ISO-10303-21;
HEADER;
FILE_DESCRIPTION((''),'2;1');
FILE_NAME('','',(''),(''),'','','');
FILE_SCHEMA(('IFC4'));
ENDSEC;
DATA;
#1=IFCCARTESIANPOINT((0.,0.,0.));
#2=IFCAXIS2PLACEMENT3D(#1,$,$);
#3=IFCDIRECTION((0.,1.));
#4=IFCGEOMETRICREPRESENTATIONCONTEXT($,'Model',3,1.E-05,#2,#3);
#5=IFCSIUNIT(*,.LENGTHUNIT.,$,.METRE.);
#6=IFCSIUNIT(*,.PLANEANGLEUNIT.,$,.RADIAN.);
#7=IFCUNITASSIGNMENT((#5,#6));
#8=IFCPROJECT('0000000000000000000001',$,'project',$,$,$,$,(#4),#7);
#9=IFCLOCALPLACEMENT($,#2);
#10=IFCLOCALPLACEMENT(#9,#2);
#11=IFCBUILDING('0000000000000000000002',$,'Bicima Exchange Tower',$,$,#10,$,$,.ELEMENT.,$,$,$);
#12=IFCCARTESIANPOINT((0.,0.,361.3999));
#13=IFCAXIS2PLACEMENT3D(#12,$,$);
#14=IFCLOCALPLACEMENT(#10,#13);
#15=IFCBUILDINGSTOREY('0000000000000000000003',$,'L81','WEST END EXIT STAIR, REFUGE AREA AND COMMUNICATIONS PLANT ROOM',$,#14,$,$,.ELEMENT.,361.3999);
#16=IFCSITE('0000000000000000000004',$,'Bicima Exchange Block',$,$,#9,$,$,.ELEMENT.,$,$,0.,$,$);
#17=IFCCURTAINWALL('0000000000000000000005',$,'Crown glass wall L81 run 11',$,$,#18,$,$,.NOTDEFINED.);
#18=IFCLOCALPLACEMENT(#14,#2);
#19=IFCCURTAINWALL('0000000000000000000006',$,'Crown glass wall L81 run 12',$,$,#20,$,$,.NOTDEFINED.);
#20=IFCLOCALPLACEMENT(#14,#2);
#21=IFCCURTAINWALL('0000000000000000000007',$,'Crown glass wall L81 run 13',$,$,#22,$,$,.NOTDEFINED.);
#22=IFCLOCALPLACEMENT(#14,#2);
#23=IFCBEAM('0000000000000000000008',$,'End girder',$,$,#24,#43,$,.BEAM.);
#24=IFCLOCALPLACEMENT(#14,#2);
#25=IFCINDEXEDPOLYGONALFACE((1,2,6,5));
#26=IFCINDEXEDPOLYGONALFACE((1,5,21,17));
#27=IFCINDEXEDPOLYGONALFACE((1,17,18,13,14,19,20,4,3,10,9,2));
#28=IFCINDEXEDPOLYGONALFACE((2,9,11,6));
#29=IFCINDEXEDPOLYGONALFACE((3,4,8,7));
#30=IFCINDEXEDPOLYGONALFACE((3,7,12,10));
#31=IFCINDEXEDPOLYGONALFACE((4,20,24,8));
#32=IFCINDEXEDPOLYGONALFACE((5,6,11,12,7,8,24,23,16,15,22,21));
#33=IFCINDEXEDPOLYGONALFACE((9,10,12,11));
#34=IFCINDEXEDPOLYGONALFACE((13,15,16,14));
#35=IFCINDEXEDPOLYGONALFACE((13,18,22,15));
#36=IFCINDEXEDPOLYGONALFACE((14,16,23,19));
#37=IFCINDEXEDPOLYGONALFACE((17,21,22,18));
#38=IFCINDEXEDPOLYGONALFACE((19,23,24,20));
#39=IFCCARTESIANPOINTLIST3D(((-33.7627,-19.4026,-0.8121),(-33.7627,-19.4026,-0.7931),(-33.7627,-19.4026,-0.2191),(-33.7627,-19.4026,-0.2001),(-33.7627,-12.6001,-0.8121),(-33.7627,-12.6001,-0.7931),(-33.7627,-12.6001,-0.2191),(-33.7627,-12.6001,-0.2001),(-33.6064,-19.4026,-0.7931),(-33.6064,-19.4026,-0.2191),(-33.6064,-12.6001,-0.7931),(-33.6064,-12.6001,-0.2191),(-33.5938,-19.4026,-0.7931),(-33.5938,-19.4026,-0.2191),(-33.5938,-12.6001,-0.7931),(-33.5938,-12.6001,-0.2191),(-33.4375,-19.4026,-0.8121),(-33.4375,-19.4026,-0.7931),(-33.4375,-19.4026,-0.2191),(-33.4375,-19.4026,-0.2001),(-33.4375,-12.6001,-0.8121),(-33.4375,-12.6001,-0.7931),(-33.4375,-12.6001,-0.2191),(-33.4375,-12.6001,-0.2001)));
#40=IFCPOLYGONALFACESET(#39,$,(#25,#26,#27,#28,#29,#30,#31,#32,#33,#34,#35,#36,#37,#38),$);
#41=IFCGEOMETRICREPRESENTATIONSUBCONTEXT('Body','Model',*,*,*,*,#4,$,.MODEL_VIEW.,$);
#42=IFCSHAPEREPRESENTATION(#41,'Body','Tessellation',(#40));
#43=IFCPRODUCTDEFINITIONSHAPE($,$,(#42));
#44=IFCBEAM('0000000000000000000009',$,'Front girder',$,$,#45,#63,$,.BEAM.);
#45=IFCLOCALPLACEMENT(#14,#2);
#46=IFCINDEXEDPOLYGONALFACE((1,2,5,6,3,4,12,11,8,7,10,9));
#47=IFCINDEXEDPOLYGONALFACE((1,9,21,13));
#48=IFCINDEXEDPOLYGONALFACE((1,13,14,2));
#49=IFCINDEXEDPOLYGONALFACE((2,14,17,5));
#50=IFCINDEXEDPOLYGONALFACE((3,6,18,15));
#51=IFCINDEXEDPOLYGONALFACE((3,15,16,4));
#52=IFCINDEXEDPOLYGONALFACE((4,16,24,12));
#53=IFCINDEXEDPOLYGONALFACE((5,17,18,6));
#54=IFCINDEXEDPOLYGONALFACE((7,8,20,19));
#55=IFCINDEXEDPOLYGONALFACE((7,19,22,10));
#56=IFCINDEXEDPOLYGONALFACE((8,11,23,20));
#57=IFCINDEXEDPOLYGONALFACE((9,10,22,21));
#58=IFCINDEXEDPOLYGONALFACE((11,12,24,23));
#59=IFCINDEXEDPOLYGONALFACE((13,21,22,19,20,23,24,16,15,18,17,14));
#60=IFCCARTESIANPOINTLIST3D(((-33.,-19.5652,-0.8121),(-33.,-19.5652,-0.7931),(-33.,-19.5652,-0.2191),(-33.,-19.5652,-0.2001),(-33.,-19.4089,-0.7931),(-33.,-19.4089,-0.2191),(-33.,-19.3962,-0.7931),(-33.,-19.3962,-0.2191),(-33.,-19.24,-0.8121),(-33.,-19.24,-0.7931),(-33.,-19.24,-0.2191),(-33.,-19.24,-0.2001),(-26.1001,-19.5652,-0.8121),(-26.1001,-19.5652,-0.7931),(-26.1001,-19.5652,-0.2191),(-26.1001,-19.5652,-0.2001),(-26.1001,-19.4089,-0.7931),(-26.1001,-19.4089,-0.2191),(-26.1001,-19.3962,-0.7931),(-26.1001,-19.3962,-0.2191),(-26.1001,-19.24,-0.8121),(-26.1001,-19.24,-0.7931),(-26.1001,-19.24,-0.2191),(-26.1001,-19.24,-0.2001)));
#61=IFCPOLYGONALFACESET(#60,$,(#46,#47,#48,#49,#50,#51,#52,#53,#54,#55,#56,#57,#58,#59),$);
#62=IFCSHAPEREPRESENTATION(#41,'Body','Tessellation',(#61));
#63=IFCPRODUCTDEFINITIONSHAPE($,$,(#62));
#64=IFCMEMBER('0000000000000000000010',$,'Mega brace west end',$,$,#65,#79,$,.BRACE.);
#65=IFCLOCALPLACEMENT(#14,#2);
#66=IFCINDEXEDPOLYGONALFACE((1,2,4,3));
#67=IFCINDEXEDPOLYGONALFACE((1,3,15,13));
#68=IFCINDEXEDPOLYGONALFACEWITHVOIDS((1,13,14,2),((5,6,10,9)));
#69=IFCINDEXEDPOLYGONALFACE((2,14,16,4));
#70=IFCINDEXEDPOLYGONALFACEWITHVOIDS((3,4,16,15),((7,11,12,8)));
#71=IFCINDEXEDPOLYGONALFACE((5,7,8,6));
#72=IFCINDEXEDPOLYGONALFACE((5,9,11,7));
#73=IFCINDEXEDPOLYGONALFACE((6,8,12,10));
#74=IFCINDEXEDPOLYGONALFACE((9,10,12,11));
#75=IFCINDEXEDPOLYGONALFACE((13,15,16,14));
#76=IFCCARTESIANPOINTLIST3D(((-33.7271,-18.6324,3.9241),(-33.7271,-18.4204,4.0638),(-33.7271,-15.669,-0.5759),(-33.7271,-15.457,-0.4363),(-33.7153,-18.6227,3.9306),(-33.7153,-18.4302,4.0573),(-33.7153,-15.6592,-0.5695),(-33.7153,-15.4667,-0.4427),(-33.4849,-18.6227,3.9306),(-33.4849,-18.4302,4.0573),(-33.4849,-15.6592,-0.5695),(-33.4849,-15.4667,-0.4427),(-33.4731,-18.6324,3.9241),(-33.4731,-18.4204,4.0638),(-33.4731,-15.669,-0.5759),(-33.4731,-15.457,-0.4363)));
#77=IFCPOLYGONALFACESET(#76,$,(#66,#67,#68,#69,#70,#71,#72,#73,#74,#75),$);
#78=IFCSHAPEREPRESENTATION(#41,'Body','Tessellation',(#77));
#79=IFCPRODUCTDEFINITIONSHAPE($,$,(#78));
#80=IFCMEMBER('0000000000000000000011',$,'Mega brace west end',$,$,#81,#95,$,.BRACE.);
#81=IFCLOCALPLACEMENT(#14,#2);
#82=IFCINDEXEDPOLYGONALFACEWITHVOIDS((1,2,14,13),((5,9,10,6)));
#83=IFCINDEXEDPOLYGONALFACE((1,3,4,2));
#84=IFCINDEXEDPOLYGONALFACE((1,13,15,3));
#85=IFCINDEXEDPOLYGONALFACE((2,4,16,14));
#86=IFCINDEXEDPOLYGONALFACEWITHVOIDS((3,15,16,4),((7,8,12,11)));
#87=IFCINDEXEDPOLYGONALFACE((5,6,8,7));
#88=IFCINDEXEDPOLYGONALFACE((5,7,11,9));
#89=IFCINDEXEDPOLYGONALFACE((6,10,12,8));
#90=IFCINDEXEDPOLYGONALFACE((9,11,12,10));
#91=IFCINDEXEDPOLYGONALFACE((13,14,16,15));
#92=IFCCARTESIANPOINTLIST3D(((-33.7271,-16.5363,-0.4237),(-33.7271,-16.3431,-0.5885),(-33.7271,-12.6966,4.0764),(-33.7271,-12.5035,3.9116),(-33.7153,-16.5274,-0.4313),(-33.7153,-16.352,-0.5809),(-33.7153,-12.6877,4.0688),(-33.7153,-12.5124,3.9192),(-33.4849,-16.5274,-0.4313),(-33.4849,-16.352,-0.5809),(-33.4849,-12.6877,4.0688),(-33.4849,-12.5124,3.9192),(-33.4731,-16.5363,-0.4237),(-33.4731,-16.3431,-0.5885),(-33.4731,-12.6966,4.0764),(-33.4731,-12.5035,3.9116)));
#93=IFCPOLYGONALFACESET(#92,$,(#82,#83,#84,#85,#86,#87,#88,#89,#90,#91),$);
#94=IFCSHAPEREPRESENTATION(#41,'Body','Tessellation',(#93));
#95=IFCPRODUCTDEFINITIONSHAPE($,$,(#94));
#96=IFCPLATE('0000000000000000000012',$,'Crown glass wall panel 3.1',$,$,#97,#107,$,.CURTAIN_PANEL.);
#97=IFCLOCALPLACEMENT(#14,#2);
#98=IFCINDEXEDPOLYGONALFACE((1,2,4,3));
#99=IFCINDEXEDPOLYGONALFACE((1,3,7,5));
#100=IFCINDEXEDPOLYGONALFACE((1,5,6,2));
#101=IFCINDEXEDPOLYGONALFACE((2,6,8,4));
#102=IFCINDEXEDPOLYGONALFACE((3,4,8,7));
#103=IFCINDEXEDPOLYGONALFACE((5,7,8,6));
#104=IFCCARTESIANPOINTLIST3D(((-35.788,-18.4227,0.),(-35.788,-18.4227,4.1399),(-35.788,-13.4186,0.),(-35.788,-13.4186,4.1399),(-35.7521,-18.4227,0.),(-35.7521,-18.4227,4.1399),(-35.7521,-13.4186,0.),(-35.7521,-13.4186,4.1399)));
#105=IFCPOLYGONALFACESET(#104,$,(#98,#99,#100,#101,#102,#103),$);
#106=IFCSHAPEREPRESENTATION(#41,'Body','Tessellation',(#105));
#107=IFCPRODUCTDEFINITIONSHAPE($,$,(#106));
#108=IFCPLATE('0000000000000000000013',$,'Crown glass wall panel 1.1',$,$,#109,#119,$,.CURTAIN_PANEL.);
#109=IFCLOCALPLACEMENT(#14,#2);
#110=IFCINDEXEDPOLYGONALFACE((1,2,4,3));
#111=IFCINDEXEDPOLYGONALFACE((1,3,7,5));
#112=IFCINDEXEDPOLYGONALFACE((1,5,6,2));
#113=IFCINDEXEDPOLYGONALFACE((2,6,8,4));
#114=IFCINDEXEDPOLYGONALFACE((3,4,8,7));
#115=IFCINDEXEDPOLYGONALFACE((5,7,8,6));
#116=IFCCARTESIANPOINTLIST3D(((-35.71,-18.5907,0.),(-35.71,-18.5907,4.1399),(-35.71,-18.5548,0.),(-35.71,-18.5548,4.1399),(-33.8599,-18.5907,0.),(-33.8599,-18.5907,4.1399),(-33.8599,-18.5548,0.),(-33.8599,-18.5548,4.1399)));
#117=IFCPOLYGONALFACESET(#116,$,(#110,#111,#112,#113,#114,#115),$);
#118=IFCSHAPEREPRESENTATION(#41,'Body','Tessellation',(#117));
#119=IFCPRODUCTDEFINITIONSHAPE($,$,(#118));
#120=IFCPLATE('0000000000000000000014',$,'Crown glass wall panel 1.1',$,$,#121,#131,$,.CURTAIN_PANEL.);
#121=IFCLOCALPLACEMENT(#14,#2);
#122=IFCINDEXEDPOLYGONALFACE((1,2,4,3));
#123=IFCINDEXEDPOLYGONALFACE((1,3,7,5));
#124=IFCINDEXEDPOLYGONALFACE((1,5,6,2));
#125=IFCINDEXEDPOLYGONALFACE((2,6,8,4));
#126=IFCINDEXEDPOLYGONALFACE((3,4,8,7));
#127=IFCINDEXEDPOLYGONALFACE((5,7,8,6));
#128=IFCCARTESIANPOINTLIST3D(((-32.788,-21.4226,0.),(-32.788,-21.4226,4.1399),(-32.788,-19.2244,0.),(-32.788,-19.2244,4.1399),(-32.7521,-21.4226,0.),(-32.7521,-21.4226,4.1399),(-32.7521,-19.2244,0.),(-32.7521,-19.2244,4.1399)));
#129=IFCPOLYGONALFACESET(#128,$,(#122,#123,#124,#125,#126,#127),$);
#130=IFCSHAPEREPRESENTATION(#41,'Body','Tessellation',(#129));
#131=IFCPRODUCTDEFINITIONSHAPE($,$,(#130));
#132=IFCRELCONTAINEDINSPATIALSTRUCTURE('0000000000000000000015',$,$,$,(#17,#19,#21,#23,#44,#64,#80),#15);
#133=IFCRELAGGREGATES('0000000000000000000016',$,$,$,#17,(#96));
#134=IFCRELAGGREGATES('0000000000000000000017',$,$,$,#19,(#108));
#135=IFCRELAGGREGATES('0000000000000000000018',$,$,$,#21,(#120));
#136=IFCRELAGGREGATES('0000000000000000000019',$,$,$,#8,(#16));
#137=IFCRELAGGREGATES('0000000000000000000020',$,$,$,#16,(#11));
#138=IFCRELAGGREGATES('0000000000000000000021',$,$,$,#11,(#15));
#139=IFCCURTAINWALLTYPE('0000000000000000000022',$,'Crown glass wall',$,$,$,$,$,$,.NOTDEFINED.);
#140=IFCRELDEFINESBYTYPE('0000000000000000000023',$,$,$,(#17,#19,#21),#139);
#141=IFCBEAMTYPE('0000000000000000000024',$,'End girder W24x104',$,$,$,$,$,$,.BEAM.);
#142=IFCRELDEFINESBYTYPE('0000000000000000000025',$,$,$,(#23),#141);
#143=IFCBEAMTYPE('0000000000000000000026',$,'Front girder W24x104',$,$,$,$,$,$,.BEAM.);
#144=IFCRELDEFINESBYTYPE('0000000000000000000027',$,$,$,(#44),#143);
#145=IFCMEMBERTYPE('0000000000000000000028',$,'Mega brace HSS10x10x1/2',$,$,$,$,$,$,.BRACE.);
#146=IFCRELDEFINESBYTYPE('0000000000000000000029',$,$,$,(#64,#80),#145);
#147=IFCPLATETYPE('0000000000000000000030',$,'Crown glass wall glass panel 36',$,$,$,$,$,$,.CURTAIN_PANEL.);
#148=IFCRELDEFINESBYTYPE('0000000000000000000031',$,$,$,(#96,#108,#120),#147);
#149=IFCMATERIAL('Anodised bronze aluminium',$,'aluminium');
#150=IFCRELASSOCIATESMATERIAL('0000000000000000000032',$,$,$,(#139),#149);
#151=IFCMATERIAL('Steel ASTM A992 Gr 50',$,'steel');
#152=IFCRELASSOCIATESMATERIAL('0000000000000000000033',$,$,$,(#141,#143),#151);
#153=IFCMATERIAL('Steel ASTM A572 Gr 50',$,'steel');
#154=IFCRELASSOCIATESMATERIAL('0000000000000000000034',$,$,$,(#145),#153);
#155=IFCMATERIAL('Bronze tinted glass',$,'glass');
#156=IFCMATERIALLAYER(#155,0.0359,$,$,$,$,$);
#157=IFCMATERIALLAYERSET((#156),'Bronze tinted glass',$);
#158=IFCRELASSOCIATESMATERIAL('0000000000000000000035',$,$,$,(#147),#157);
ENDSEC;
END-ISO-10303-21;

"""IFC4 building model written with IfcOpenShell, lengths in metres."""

from ifc_helpers import new_model, si_unit, direction, frame, origin, origin_2d, place, context, subcontext, project, spatial, rectangle, hollow_rectangle, i_section, extrude, material, layer, layer_set, material_profile, profile_set, type_object, element, aggregate, save


model = new_model("IFC4")

# Units and contexts
model_context = context("Model", 3, precision=1e-05, world=origin(), true_north=direction((0.0, 1.0)))
body_context = subcontext(model_context, "Body", "Model", "MODEL_VIEW")
ifc_project = project(units=[si_unit("LENGTHUNIT", "METRE"), si_unit("PLANEANGLEUNIT", "RADIAN")], contexts=[model_context])

# Site, building, storey
site_placement = place(None, origin())
site = spatial("IfcSite", under=ifc_project, at=site_placement, Name="Bicima Exchange Block", CompositionType="ELEMENT", RefElevation=0.0)
building_placement = place(site_placement, origin())
building = spatial("IfcBuilding", under=site, at=building_placement, Name="Bicima Exchange Tower", CompositionType="ELEMENT")
storey_placement = place(building_placement, frame((0.0, 0.0, 361.3999)))
storey = spatial("IfcBuildingStorey", under=building, at=storey_placement, Name="L81", Description="WEST END EXIT STAIR, REFUGE AREA AND COMMUNICATIONS PLANT ROOM", CompositionType="ELEMENT", Elevation=361.3999)

# Shared definitions
ifc_material_1 = material(Name="Steel ASTM A572 Gr 50", Category="steel")
ifc_material_2 = material(Name="Steel ASTM A992 Gr 50", Category="steel")

# Curtain walls
ifc_material_3 = material(Name="Anodised bronze aluminium", Category="aluminium")
curtain_wall_type = type_object("IfcCurtainWallType", Name="Crown glass wall", PredefinedType="NOTDEFINED", material=ifc_material_3)
curtain_wall_1_placement = place(storey_placement, origin())
curtain_wall_1 = element("IfcCurtainWall", 1, at=curtain_wall_1_placement, inside=storey, type_object=curtain_wall_type, Name="Crown glass wall L81 run 11", PredefinedType="NOTDEFINED")
curtain_wall_2_placement = place(storey_placement, origin())
curtain_wall_2 = element("IfcCurtainWall", 2, at=curtain_wall_2_placement, inside=storey, type_object=curtain_wall_type, Name="Crown glass wall L81 run 12", PredefinedType="NOTDEFINED")
curtain_wall_3_placement = place(storey_placement, origin())
curtain_wall_3 = element("IfcCurtainWall", 3, at=curtain_wall_3_placement, inside=storey, type_object=curtain_wall_type, Name="Crown glass wall L81 run 13", PredefinedType="NOTDEFINED")

# Beams
ifc_material_profile_1 = material_profile(ifc_material_2, i_section(OverallWidth=0.3252, OverallDepth=0.6121, WebThickness=0.0127, FlangeThickness=0.019, at=origin_2d()))
ifc_profile_set_1 = profile_set([ifc_material_profile_1], Name="Steel ASTM A992 Gr 50")
beam_type_1 = type_object("IfcBeamType", Name="End girder W24x104", PredefinedType="BEAM", material=ifc_profile_set_1)
beam_1_placement = place(storey_placement, frame((-33.6001, -12.6001, -0.5061), z_axis=(0.0, -1.0, 0.0), x_axis=(1.0, 0.0, 0.0)))
element("IfcBeam", 4, at=beam_1_placement, inside=storey, type_object=beam_type_1, Name="End girder", PredefinedType="BEAM", context=body_context, shape_type="SweptSolid", body=[
    extrude(i_section(OverallWidth=0.3252, OverallDepth=0.6121, WebThickness=0.0127, FlangeThickness=0.019, at=origin_2d()), origin(), (0.0, 0.0, 1.0), 6.8025),
])
beam_type_2 = type_object("IfcBeamType", Name="Front girder W24x104", PredefinedType="BEAM", material=ifc_profile_set_1)
beam_2_placement = place(storey_placement, frame((-33.0, -19.4026, -0.5061), z_axis=(1.0, 0.0, 0.0), x_axis=(0.0, 1.0, 0.0)))
element("IfcBeam", 5, at=beam_2_placement, inside=storey, type_object=beam_type_2, Name="Front girder", PredefinedType="BEAM", context=body_context, shape_type="SweptSolid", body=[
    extrude(i_section(OverallWidth=0.3252, OverallDepth=0.6121, WebThickness=0.0127, FlangeThickness=0.019, at=origin_2d()), origin(), (0.0, 0.0, 1.0), 6.8999),
])

# Members
ifc_material_profile_2 = material_profile(ifc_material_1, hollow_rectangle(XDim=0.2539, YDim=0.2539, WallThickness=0.0117, at=origin_2d()))
ifc_profile_set_2 = profile_set([ifc_material_profile_2], Name="Steel ASTM A572 Gr 50")
member_type_1 = type_object("IfcMemberType", Name="Mega brace HSS10x10x1/2", PredefinedType="BRACE", material=ifc_profile_set_2)
member_1_placement = place(storey_placement, frame((-33.6001, -15.563, -0.5061), z_axis=(0.0, -0.549986, 0.835174), x_axis=(1.0, 0.0, 0.0)))
element("IfcMember", 6, at=member_1_placement, inside=storey, type_object=member_type_1, Name="Mega brace west end", PredefinedType="BRACE", context=body_context, shape_type="SweptSolid", body=[
    extrude(hollow_rectangle(XDim=0.2539, YDim=0.2539, WallThickness=0.0117, at=origin_2d()), origin(), (0.0, 0.0, 1.0), 5.3882),
])
member_2_placement = place(storey_placement, frame((-33.6001, -16.4397, -0.5061), z_axis=(0.0, 0.64908, 0.76072), x_axis=(-1.0, 0.0, 0.0)))
element("IfcMember", 7, at=member_2_placement, inside=storey, type_object=member_type_1, Name="Mega brace west end", PredefinedType="BRACE", context=body_context, shape_type="SweptSolid", body=[
    extrude(hollow_rectangle(XDim=0.2539, YDim=0.2539, WallThickness=0.0117, at=origin_2d()), origin(), (0.0, 0.0, 1.0), 5.9155),
])

# Plates
ifc_material_4 = material(Name="Bronze tinted glass", Category="glass")
ifc_layer_1 = layer(ifc_material_4, 0.0359)
ifc_layer_set_1 = layer_set([ifc_layer_1], Name="Bronze tinted glass")
plate_type = type_object("IfcPlateType", Name="Crown glass wall glass panel 36", PredefinedType="CURTAIN_PANEL", material=ifc_layer_set_1)
plate_1_placement = place(storey_placement, frame((-35.77, -15.9207, 0.0), z_axis=(0.0, 0.0, 1.0), x_axis=(0.0, -1.0, 0.0)))
plate_1 = element("IfcPlate", 8, at=plate_1_placement, type_object=plate_type, Name="Crown glass wall panel 3.1", PredefinedType="CURTAIN_PANEL", context=body_context, shape_type="SweptSolid", body=[
    extrude(rectangle(XDim=5.0042, YDim=0.0359, at=origin_2d()), origin(), (0.0, 0.0, 1.0), 4.1399),
])
aggregate(curtain_wall_1, [plate_1])
plate_2_placement = place(storey_placement, frame((-34.7849, -18.5728, 0.0), z_axis=(0.0, 0.0, 1.0), x_axis=(1.0, 0.0, 0.0)))
plate_2 = element("IfcPlate", 9, at=plate_2_placement, type_object=plate_type, Name="Crown glass wall panel 1.1", PredefinedType="CURTAIN_PANEL", context=body_context, shape_type="SweptSolid", body=[
    extrude(rectangle(XDim=1.8501, YDim=0.0359, at=origin_2d()), origin(), (0.0, 0.0, 1.0), 4.1399),
])
aggregate(curtain_wall_2, [plate_2])
plate_3_placement = place(storey_placement, frame((-32.77, -20.3235, 0.0), z_axis=(0.0, 0.0, 1.0), x_axis=(0.0, -1.0, 0.0)))
plate_3 = element("IfcPlate", 10, at=plate_3_placement, type_object=plate_type, Name="Crown glass wall panel 1.1", PredefinedType="CURTAIN_PANEL", context=body_context, shape_type="SweptSolid", body=[
    extrude(rectangle(XDim=2.1982, YDim=0.0359, at=origin_2d()), origin(), (0.0, 0.0, 1.0), 4.1399),
])
aggregate(curtain_wall_3, [plate_3])

save(model, "model.ifc")
